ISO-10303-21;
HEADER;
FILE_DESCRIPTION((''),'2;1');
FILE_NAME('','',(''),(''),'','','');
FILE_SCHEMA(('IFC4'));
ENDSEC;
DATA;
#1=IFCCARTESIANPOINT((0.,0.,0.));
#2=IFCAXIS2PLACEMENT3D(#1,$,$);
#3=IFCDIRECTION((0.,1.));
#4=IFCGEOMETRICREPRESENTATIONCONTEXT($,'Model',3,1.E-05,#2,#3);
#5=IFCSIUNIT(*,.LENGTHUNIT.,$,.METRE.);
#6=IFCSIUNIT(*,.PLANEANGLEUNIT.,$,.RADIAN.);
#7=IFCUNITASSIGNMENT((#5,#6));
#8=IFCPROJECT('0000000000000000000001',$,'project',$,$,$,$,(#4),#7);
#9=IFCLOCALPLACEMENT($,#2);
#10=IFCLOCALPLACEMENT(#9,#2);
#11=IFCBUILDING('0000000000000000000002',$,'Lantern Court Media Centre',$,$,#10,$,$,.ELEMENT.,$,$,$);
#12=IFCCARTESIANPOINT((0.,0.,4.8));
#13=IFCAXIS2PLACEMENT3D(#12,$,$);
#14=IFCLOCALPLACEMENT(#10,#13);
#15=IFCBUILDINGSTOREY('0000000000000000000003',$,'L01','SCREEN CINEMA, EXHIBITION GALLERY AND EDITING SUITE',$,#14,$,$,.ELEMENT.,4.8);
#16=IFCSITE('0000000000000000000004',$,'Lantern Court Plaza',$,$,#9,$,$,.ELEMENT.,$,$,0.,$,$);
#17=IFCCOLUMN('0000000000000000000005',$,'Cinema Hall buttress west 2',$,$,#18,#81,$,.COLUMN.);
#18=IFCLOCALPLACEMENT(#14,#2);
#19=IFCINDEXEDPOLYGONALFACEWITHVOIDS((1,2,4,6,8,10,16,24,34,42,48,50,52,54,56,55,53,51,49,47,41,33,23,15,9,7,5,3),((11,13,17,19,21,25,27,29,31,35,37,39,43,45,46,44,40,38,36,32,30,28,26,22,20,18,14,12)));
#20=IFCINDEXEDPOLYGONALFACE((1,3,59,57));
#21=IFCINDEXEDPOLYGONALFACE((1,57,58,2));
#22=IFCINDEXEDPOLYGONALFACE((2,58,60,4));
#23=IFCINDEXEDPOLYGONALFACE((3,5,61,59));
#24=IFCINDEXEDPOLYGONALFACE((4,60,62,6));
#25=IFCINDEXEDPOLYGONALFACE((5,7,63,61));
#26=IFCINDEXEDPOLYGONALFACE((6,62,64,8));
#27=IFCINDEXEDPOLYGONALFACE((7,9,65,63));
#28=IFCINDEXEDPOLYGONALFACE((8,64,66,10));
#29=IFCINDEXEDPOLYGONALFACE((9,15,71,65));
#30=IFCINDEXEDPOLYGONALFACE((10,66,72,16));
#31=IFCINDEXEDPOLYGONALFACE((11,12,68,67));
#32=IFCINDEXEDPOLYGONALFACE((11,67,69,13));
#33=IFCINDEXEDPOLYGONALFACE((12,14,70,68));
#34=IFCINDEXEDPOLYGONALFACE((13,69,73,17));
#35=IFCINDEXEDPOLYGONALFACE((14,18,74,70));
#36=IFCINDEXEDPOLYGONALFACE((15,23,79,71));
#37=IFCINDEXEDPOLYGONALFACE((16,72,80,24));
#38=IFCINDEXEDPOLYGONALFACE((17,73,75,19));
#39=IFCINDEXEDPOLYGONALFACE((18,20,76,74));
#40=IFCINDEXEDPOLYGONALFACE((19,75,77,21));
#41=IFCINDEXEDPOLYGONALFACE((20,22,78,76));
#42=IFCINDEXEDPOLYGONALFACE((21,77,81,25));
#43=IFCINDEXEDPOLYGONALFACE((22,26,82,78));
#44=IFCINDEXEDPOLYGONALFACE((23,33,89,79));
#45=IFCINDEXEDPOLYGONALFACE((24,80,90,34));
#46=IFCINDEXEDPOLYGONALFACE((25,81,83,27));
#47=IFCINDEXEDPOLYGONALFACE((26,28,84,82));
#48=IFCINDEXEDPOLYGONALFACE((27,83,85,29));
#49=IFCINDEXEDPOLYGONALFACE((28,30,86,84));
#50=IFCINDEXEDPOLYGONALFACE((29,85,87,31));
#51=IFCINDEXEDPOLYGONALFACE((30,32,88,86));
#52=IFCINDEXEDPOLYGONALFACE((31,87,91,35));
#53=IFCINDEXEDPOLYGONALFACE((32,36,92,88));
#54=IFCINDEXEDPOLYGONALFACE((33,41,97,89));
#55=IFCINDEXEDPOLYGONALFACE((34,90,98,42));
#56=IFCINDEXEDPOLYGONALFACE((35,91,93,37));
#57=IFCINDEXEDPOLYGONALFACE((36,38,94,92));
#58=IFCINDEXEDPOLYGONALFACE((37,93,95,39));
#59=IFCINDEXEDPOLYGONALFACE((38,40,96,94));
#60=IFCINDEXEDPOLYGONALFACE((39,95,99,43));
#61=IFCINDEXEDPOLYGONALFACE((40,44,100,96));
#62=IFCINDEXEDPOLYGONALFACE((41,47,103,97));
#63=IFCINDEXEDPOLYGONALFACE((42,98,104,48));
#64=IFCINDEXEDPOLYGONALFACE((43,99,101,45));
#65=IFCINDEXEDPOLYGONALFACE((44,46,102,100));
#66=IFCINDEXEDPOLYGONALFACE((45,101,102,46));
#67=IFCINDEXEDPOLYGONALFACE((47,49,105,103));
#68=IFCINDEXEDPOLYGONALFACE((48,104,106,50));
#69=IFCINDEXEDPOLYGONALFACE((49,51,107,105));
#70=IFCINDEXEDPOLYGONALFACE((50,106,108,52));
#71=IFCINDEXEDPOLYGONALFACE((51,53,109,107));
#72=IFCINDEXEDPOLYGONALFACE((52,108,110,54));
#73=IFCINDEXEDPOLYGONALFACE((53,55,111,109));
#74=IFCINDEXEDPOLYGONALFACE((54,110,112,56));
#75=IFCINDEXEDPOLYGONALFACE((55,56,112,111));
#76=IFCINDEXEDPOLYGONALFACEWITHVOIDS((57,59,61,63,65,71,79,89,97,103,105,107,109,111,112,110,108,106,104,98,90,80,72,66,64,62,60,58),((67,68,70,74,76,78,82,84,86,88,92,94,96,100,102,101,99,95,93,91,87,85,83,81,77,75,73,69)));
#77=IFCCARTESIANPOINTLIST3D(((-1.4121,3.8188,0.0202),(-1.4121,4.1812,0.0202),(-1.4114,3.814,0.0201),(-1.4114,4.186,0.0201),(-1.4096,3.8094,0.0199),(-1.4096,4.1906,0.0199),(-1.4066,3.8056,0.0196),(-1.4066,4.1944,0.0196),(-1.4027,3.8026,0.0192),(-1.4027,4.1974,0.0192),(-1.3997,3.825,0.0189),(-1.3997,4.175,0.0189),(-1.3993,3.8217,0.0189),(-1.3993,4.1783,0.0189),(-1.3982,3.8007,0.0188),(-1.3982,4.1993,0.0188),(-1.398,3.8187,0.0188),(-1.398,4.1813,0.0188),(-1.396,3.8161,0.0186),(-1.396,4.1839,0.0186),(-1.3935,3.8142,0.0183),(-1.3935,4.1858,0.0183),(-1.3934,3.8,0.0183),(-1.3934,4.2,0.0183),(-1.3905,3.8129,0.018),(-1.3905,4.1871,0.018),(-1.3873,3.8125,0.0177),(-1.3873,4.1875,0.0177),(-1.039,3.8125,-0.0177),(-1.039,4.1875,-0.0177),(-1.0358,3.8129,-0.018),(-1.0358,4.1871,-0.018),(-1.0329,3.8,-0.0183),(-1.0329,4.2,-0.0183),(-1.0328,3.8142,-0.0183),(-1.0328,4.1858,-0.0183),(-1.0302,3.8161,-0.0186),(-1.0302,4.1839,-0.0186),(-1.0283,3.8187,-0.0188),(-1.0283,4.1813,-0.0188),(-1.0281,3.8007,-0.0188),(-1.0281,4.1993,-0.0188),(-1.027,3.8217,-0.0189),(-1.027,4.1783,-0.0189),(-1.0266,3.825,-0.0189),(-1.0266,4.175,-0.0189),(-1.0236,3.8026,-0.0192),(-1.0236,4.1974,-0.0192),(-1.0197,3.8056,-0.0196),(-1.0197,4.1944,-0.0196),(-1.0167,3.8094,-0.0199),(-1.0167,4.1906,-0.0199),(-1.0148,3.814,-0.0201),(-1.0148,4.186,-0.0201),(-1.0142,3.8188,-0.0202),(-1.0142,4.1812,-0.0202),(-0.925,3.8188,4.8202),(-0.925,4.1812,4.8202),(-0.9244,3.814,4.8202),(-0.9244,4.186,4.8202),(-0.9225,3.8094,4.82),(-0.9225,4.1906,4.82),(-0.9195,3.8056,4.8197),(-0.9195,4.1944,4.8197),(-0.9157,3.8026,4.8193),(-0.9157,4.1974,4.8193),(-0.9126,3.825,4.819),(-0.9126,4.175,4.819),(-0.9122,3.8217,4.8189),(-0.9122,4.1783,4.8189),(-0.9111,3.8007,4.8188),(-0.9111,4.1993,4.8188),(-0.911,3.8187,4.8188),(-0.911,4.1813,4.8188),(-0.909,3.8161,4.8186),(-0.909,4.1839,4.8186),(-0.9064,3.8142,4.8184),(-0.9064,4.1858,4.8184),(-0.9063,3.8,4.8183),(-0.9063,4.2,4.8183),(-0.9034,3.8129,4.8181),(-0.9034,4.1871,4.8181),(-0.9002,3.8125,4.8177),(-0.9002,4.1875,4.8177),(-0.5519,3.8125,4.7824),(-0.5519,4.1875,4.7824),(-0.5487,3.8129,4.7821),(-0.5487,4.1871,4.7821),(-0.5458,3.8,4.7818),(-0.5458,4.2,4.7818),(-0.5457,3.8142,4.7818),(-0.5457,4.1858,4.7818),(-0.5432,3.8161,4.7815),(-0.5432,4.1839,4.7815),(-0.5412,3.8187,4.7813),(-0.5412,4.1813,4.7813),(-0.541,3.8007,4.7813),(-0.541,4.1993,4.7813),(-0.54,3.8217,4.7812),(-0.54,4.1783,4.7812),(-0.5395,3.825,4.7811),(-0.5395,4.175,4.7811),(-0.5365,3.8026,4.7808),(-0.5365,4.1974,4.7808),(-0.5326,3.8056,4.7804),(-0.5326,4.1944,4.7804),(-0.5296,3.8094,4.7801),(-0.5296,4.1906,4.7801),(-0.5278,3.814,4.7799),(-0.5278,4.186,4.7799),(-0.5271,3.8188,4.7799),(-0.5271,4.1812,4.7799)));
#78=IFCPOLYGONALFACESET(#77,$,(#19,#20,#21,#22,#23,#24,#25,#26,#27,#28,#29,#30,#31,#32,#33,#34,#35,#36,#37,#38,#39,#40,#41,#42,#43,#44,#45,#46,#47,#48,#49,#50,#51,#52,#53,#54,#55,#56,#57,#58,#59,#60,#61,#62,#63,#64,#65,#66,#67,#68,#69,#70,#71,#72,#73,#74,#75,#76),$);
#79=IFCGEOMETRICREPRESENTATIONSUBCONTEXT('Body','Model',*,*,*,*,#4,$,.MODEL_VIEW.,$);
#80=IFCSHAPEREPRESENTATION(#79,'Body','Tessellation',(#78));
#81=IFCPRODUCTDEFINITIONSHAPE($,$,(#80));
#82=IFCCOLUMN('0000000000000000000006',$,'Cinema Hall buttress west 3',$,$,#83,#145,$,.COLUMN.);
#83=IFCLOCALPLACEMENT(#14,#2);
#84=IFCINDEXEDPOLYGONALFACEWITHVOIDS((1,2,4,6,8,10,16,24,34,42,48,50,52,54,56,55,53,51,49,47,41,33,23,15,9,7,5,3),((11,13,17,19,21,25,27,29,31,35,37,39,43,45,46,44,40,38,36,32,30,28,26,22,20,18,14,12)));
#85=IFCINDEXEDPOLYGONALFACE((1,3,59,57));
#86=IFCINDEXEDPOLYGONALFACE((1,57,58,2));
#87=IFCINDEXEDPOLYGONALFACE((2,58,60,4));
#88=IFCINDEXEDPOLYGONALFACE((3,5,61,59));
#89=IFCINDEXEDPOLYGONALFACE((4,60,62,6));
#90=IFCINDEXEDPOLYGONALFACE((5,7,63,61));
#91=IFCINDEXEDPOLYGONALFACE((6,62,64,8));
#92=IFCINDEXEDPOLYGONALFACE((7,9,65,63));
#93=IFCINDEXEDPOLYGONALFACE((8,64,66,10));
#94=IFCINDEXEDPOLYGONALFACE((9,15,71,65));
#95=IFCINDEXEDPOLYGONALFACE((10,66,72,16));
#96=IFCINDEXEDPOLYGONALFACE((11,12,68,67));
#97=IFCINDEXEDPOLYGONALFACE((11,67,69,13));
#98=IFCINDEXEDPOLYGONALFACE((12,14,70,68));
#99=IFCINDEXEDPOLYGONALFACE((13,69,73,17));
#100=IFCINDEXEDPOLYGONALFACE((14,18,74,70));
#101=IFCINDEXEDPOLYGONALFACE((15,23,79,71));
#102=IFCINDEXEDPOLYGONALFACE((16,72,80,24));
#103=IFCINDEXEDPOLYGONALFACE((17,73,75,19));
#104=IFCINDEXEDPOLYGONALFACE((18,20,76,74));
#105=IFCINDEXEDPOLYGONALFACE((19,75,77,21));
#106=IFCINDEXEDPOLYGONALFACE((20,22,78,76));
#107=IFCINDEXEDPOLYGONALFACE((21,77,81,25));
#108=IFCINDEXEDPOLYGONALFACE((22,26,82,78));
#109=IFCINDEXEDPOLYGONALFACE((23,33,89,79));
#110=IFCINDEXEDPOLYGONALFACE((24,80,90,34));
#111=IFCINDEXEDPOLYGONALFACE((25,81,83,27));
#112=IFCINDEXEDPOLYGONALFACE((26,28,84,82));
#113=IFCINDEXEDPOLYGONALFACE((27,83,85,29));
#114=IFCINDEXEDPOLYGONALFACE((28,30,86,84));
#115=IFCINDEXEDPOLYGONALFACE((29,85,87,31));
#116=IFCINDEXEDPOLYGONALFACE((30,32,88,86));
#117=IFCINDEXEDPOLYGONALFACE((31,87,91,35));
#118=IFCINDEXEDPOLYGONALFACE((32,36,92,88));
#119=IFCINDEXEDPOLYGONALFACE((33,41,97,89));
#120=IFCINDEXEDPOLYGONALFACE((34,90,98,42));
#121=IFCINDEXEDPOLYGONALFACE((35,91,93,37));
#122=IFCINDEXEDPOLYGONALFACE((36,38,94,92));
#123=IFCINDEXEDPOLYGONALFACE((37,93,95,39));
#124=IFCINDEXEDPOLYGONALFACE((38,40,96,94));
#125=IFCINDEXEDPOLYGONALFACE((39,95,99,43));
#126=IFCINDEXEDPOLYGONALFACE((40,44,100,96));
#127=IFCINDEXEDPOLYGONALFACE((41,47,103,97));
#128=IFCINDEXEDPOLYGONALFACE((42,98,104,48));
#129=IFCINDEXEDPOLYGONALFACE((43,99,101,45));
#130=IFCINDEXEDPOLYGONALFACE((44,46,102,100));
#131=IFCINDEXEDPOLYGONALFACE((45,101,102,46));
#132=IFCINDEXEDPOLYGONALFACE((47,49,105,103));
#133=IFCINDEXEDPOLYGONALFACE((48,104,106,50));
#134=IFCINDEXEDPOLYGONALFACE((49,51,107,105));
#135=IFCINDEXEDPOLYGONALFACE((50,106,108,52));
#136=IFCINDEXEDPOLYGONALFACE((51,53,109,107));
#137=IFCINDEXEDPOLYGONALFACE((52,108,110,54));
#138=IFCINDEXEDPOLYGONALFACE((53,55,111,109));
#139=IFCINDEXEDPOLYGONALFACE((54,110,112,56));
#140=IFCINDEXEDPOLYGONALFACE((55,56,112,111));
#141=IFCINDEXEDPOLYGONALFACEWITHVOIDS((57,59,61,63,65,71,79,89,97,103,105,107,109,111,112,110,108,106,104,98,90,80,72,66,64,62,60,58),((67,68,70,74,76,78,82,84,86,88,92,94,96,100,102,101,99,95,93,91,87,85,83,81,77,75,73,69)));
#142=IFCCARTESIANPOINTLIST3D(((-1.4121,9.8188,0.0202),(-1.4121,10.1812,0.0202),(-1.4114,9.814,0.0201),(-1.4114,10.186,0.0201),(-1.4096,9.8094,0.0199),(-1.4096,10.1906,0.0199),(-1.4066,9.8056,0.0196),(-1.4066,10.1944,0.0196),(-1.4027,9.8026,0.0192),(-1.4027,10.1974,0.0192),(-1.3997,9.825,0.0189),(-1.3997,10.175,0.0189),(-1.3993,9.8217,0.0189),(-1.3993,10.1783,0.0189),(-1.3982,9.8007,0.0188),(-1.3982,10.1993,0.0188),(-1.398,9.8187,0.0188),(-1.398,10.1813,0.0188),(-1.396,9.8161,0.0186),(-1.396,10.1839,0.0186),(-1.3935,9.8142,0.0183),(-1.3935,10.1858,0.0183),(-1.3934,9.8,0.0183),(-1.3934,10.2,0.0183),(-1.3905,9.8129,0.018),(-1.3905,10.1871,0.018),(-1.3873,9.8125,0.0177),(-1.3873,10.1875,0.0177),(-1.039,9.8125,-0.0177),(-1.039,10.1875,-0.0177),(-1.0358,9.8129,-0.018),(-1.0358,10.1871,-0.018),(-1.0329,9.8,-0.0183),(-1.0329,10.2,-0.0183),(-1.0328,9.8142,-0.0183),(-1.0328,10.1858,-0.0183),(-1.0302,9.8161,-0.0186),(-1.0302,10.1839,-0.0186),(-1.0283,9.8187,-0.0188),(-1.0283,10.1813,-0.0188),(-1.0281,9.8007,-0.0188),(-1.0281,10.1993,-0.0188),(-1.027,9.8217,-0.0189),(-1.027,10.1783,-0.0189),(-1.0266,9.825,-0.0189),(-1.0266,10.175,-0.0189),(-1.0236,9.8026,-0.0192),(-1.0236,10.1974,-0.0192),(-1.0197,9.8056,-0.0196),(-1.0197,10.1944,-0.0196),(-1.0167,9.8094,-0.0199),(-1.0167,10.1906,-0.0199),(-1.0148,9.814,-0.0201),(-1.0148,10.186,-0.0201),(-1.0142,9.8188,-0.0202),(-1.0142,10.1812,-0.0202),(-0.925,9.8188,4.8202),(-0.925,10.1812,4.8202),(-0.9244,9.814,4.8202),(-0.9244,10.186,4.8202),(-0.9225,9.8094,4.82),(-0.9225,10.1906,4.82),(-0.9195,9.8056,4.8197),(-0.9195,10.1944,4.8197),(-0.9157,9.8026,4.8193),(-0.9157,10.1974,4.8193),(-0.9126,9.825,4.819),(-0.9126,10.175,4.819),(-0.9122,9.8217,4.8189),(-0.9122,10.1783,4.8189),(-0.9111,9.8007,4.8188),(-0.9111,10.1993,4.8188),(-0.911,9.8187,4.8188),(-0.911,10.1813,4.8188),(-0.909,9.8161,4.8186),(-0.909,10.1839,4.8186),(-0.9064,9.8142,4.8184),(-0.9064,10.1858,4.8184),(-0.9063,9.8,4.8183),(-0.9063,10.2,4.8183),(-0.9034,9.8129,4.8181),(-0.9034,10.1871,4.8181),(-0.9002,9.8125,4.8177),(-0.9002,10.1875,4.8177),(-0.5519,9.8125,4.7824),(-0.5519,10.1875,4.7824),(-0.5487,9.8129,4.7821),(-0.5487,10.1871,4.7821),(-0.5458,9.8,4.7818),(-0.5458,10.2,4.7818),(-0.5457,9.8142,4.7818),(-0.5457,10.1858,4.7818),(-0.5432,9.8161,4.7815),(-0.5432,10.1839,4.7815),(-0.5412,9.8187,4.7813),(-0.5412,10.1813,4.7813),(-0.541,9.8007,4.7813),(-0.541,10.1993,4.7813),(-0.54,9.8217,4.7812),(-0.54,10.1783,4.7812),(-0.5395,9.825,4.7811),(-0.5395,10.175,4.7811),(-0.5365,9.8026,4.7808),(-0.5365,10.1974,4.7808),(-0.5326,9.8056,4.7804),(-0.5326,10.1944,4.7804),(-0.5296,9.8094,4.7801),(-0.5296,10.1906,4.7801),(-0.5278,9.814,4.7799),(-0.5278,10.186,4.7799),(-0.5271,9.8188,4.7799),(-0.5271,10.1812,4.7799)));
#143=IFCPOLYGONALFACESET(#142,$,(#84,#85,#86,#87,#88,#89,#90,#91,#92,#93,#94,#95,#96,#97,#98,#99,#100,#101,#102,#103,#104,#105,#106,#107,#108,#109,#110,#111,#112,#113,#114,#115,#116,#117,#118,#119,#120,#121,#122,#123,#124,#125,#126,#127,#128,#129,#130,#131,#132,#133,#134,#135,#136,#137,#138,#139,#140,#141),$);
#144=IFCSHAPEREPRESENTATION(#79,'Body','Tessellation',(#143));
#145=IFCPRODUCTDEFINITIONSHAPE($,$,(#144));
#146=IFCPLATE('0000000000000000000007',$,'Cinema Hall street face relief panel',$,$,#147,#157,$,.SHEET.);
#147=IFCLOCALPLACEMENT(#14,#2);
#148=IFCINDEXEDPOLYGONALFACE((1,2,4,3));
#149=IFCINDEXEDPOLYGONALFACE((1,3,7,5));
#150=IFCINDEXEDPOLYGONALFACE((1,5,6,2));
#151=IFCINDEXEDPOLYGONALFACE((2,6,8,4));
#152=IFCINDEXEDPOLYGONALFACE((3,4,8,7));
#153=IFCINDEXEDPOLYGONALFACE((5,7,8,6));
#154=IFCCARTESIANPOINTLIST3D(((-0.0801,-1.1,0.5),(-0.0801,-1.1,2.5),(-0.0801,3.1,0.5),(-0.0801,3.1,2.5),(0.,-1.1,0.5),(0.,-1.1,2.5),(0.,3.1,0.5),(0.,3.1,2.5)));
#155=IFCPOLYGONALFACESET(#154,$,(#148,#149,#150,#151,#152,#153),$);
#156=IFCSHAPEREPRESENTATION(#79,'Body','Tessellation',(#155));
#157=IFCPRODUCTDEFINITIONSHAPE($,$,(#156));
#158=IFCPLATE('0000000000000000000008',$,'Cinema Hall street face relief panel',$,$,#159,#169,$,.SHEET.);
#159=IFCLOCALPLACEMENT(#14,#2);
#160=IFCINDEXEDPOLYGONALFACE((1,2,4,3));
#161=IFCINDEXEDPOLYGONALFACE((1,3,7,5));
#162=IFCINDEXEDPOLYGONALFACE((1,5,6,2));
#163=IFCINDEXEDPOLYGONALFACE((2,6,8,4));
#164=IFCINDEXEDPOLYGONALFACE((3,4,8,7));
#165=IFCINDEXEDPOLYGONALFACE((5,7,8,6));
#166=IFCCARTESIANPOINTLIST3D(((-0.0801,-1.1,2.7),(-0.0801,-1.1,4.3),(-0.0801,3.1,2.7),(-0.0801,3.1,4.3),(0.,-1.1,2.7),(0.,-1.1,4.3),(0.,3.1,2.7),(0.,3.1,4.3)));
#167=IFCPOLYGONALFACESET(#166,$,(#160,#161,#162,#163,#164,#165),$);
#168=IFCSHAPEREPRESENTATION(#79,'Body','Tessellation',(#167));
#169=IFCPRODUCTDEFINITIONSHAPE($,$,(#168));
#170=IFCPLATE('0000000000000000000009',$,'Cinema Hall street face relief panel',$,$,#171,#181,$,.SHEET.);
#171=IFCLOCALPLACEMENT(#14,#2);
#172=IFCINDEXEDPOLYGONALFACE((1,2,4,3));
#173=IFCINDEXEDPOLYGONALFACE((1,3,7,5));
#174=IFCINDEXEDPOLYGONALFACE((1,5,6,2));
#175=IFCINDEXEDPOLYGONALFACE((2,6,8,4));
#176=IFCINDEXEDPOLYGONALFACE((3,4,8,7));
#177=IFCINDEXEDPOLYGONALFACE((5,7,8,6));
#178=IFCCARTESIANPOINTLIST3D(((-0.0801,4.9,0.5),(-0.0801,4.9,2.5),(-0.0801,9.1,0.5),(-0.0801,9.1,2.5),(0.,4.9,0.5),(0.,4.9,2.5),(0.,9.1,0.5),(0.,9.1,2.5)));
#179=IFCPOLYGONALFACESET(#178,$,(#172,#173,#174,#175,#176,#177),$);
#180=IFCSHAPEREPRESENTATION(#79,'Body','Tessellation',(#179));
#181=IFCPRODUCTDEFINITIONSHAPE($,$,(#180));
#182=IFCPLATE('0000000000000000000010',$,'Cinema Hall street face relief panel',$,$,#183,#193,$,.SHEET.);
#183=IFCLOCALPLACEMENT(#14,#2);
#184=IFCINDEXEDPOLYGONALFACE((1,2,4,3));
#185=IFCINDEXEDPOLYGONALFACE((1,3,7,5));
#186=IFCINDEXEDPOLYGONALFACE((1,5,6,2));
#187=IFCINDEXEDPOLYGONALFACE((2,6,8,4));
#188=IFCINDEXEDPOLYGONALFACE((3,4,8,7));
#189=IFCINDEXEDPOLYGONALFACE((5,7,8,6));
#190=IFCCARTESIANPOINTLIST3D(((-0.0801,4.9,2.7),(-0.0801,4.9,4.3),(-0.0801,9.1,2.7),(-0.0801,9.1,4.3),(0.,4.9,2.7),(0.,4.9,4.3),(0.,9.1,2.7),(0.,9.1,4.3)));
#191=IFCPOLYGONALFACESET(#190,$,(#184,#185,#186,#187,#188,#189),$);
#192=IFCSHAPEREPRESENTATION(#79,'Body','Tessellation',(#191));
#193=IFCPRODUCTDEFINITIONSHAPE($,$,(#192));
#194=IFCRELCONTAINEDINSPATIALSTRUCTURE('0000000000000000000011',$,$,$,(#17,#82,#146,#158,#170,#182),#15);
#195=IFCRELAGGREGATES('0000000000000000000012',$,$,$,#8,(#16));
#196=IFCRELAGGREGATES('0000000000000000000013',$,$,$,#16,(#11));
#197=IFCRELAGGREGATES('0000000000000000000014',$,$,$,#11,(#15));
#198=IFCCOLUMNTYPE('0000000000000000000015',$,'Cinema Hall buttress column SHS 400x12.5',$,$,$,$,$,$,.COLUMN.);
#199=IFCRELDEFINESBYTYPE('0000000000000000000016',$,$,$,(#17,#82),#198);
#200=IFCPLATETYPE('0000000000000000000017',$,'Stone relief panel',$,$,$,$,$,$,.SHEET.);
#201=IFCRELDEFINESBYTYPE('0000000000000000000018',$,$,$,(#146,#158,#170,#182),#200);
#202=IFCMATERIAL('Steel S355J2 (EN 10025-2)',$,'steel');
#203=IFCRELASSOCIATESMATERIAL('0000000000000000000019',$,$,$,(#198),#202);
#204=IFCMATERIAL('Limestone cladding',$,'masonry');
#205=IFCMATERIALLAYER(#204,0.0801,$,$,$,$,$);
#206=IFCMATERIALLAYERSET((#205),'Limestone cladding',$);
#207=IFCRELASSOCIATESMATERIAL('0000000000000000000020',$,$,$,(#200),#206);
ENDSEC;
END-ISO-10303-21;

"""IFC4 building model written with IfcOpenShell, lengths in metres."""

from ifc_helpers import new_model, si_unit, direction, frame, origin, origin_2d, place, context, subcontext, project, spatial, rectangle, hollow_rectangle, extrude, material, layer, layer_set, material_profile, profile_set, type_object, element, save


model = new_model("IFC4")

# Units and contexts
model_context = context("Model", 3, precision=1e-05, world=origin(), true_north=direction((0.0, 1.0)))
body_context = subcontext(model_context, "Body", "Model", "MODEL_VIEW")
ifc_project = project(units=[si_unit("LENGTHUNIT", "METRE"), si_unit("PLANEANGLEUNIT", "RADIAN")], contexts=[model_context])

# Site, building, storey
site_placement = place(None, origin())
site = spatial("IfcSite", under=ifc_project, at=site_placement, Name="Lantern Court Plaza", CompositionType="ELEMENT", RefElevation=0.0)
building_placement = place(site_placement, origin())
building = spatial("IfcBuilding", under=site, at=building_placement, Name="Lantern Court Media Centre", CompositionType="ELEMENT")
storey_placement = place(building_placement, frame((0.0, 0.0, 4.8)))
storey = spatial("IfcBuildingStorey", under=building, at=storey_placement, Name="L01", Description="SCREEN CINEMA, EXHIBITION GALLERY AND EDITING SUITE", CompositionType="ELEMENT", Elevation=4.8)

# Columns
ifc_material_1 = material(Name="Steel S355J2 (EN 10025-2)", Category="steel")
ifc_material_profile = material_profile(ifc_material_1, hollow_rectangle(XDim=0.3999, YDim=0.3999, WallThickness=0.0125, InnerFilletRadius=0.0125, OuterFilletRadius=0.0188, at=origin_2d()), Name="Cinema Hall buttress column SHS 400x12.5")
ifc_profile_set = profile_set([ifc_material_profile], Name="Steel S355J2 (EN 10025-2)")
column_type = type_object("IfcColumnType", Name="Cinema Hall buttress column SHS 400x12.5", PredefinedType="COLUMN", material=ifc_profile_set)
for number, where, z_axis, x_axis, name in (
    (1, (-1.2131, 4.0, 0.0), (0.100952, 0.0, 0.994891), (0.0, 1.0, 0.0), "Cinema Hall buttress west 2"),
    (2, (-1.2131, 10.0, 0.0), (0.100952, 0.0, 0.994891), (0.0, 1.0, 0.0), "Cinema Hall buttress west 3"),
):
    element("IfcColumn", number, at=place(storey_placement, frame(where, z_axis=z_axis, x_axis=x_axis)), inside=storey, type_object=column_type, Name=name, PredefinedType="COLUMN", context=body_context, shape_type="SweptSolid", body=[
        extrude(hollow_rectangle(XDim=0.3999, YDim=0.3999, WallThickness=0.0125, InnerFilletRadius=0.0125, OuterFilletRadius=0.0188, at=origin_2d()), origin(), (0.0, 0.0, 1.0), 4.8247),
    ])

# Plates
ifc_material_2 = material(Name="Limestone cladding", Category="masonry")
ifc_layer_1 = layer(ifc_material_2, 0.0801)
ifc_layer_set_1 = layer_set([ifc_layer_1], Name="Limestone cladding")
plate_type = type_object("IfcPlateType", Name="Stone relief panel", PredefinedType="SHEET", material=ifc_layer_set_1)
plate_1_placement = place(storey_placement, frame((-0.04, 1.0, 0.5), z_axis=(0.0, 0.0, 1.0), x_axis=(1.0, 0.0, 0.0)))
element("IfcPlate", 3, at=plate_1_placement, inside=storey, type_object=plate_type, Name="Cinema Hall street face relief panel", PredefinedType="SHEET", context=body_context, shape_type="SweptSolid", body=[
    extrude(rectangle(XDim=0.0801, YDim=4.2, at=origin_2d()), origin(), (0.0, 0.0, 1.0), 2.0),
])
plate_2_placement = place(storey_placement, frame((-0.04, 1.0, 2.7), z_axis=(0.0, 0.0, 1.0), x_axis=(1.0, 0.0, 0.0)))
element("IfcPlate", 4, at=plate_2_placement, inside=storey, type_object=plate_type, Name="Cinema Hall street face relief panel", PredefinedType="SHEET", context=body_context, shape_type="SweptSolid", body=[
    extrude(rectangle(XDim=0.0801, YDim=4.2, at=origin_2d()), origin(), (0.0, 0.0, 1.0), 1.6001),
])
plate_3_placement = place(storey_placement, frame((-0.04, 7.0, 0.5), z_axis=(0.0, 0.0, 1.0), x_axis=(1.0, 0.0, 0.0)))
element("IfcPlate", 5, at=plate_3_placement, inside=storey, type_object=plate_type, Name="Cinema Hall street face relief panel", PredefinedType="SHEET", context=body_context, shape_type="SweptSolid", body=[
    extrude(rectangle(XDim=0.0801, YDim=4.2, at=origin_2d()), origin(), (0.0, 0.0, 1.0), 2.0),
])
plate_4_placement = place(storey_placement, frame((-0.04, 7.0, 2.7), z_axis=(0.0, 0.0, 1.0), x_axis=(1.0, 0.0, 0.0)))
element("IfcPlate", 6, at=plate_4_placement, inside=storey, type_object=plate_type, Name="Cinema Hall street face relief panel", PredefinedType="SHEET", context=body_context, shape_type="SweptSolid", body=[
    extrude(rectangle(XDim=0.0801, YDim=4.2, at=origin_2d()), origin(), (0.0, 0.0, 1.0), 1.6001),
])

save(model, "model.ifc")
